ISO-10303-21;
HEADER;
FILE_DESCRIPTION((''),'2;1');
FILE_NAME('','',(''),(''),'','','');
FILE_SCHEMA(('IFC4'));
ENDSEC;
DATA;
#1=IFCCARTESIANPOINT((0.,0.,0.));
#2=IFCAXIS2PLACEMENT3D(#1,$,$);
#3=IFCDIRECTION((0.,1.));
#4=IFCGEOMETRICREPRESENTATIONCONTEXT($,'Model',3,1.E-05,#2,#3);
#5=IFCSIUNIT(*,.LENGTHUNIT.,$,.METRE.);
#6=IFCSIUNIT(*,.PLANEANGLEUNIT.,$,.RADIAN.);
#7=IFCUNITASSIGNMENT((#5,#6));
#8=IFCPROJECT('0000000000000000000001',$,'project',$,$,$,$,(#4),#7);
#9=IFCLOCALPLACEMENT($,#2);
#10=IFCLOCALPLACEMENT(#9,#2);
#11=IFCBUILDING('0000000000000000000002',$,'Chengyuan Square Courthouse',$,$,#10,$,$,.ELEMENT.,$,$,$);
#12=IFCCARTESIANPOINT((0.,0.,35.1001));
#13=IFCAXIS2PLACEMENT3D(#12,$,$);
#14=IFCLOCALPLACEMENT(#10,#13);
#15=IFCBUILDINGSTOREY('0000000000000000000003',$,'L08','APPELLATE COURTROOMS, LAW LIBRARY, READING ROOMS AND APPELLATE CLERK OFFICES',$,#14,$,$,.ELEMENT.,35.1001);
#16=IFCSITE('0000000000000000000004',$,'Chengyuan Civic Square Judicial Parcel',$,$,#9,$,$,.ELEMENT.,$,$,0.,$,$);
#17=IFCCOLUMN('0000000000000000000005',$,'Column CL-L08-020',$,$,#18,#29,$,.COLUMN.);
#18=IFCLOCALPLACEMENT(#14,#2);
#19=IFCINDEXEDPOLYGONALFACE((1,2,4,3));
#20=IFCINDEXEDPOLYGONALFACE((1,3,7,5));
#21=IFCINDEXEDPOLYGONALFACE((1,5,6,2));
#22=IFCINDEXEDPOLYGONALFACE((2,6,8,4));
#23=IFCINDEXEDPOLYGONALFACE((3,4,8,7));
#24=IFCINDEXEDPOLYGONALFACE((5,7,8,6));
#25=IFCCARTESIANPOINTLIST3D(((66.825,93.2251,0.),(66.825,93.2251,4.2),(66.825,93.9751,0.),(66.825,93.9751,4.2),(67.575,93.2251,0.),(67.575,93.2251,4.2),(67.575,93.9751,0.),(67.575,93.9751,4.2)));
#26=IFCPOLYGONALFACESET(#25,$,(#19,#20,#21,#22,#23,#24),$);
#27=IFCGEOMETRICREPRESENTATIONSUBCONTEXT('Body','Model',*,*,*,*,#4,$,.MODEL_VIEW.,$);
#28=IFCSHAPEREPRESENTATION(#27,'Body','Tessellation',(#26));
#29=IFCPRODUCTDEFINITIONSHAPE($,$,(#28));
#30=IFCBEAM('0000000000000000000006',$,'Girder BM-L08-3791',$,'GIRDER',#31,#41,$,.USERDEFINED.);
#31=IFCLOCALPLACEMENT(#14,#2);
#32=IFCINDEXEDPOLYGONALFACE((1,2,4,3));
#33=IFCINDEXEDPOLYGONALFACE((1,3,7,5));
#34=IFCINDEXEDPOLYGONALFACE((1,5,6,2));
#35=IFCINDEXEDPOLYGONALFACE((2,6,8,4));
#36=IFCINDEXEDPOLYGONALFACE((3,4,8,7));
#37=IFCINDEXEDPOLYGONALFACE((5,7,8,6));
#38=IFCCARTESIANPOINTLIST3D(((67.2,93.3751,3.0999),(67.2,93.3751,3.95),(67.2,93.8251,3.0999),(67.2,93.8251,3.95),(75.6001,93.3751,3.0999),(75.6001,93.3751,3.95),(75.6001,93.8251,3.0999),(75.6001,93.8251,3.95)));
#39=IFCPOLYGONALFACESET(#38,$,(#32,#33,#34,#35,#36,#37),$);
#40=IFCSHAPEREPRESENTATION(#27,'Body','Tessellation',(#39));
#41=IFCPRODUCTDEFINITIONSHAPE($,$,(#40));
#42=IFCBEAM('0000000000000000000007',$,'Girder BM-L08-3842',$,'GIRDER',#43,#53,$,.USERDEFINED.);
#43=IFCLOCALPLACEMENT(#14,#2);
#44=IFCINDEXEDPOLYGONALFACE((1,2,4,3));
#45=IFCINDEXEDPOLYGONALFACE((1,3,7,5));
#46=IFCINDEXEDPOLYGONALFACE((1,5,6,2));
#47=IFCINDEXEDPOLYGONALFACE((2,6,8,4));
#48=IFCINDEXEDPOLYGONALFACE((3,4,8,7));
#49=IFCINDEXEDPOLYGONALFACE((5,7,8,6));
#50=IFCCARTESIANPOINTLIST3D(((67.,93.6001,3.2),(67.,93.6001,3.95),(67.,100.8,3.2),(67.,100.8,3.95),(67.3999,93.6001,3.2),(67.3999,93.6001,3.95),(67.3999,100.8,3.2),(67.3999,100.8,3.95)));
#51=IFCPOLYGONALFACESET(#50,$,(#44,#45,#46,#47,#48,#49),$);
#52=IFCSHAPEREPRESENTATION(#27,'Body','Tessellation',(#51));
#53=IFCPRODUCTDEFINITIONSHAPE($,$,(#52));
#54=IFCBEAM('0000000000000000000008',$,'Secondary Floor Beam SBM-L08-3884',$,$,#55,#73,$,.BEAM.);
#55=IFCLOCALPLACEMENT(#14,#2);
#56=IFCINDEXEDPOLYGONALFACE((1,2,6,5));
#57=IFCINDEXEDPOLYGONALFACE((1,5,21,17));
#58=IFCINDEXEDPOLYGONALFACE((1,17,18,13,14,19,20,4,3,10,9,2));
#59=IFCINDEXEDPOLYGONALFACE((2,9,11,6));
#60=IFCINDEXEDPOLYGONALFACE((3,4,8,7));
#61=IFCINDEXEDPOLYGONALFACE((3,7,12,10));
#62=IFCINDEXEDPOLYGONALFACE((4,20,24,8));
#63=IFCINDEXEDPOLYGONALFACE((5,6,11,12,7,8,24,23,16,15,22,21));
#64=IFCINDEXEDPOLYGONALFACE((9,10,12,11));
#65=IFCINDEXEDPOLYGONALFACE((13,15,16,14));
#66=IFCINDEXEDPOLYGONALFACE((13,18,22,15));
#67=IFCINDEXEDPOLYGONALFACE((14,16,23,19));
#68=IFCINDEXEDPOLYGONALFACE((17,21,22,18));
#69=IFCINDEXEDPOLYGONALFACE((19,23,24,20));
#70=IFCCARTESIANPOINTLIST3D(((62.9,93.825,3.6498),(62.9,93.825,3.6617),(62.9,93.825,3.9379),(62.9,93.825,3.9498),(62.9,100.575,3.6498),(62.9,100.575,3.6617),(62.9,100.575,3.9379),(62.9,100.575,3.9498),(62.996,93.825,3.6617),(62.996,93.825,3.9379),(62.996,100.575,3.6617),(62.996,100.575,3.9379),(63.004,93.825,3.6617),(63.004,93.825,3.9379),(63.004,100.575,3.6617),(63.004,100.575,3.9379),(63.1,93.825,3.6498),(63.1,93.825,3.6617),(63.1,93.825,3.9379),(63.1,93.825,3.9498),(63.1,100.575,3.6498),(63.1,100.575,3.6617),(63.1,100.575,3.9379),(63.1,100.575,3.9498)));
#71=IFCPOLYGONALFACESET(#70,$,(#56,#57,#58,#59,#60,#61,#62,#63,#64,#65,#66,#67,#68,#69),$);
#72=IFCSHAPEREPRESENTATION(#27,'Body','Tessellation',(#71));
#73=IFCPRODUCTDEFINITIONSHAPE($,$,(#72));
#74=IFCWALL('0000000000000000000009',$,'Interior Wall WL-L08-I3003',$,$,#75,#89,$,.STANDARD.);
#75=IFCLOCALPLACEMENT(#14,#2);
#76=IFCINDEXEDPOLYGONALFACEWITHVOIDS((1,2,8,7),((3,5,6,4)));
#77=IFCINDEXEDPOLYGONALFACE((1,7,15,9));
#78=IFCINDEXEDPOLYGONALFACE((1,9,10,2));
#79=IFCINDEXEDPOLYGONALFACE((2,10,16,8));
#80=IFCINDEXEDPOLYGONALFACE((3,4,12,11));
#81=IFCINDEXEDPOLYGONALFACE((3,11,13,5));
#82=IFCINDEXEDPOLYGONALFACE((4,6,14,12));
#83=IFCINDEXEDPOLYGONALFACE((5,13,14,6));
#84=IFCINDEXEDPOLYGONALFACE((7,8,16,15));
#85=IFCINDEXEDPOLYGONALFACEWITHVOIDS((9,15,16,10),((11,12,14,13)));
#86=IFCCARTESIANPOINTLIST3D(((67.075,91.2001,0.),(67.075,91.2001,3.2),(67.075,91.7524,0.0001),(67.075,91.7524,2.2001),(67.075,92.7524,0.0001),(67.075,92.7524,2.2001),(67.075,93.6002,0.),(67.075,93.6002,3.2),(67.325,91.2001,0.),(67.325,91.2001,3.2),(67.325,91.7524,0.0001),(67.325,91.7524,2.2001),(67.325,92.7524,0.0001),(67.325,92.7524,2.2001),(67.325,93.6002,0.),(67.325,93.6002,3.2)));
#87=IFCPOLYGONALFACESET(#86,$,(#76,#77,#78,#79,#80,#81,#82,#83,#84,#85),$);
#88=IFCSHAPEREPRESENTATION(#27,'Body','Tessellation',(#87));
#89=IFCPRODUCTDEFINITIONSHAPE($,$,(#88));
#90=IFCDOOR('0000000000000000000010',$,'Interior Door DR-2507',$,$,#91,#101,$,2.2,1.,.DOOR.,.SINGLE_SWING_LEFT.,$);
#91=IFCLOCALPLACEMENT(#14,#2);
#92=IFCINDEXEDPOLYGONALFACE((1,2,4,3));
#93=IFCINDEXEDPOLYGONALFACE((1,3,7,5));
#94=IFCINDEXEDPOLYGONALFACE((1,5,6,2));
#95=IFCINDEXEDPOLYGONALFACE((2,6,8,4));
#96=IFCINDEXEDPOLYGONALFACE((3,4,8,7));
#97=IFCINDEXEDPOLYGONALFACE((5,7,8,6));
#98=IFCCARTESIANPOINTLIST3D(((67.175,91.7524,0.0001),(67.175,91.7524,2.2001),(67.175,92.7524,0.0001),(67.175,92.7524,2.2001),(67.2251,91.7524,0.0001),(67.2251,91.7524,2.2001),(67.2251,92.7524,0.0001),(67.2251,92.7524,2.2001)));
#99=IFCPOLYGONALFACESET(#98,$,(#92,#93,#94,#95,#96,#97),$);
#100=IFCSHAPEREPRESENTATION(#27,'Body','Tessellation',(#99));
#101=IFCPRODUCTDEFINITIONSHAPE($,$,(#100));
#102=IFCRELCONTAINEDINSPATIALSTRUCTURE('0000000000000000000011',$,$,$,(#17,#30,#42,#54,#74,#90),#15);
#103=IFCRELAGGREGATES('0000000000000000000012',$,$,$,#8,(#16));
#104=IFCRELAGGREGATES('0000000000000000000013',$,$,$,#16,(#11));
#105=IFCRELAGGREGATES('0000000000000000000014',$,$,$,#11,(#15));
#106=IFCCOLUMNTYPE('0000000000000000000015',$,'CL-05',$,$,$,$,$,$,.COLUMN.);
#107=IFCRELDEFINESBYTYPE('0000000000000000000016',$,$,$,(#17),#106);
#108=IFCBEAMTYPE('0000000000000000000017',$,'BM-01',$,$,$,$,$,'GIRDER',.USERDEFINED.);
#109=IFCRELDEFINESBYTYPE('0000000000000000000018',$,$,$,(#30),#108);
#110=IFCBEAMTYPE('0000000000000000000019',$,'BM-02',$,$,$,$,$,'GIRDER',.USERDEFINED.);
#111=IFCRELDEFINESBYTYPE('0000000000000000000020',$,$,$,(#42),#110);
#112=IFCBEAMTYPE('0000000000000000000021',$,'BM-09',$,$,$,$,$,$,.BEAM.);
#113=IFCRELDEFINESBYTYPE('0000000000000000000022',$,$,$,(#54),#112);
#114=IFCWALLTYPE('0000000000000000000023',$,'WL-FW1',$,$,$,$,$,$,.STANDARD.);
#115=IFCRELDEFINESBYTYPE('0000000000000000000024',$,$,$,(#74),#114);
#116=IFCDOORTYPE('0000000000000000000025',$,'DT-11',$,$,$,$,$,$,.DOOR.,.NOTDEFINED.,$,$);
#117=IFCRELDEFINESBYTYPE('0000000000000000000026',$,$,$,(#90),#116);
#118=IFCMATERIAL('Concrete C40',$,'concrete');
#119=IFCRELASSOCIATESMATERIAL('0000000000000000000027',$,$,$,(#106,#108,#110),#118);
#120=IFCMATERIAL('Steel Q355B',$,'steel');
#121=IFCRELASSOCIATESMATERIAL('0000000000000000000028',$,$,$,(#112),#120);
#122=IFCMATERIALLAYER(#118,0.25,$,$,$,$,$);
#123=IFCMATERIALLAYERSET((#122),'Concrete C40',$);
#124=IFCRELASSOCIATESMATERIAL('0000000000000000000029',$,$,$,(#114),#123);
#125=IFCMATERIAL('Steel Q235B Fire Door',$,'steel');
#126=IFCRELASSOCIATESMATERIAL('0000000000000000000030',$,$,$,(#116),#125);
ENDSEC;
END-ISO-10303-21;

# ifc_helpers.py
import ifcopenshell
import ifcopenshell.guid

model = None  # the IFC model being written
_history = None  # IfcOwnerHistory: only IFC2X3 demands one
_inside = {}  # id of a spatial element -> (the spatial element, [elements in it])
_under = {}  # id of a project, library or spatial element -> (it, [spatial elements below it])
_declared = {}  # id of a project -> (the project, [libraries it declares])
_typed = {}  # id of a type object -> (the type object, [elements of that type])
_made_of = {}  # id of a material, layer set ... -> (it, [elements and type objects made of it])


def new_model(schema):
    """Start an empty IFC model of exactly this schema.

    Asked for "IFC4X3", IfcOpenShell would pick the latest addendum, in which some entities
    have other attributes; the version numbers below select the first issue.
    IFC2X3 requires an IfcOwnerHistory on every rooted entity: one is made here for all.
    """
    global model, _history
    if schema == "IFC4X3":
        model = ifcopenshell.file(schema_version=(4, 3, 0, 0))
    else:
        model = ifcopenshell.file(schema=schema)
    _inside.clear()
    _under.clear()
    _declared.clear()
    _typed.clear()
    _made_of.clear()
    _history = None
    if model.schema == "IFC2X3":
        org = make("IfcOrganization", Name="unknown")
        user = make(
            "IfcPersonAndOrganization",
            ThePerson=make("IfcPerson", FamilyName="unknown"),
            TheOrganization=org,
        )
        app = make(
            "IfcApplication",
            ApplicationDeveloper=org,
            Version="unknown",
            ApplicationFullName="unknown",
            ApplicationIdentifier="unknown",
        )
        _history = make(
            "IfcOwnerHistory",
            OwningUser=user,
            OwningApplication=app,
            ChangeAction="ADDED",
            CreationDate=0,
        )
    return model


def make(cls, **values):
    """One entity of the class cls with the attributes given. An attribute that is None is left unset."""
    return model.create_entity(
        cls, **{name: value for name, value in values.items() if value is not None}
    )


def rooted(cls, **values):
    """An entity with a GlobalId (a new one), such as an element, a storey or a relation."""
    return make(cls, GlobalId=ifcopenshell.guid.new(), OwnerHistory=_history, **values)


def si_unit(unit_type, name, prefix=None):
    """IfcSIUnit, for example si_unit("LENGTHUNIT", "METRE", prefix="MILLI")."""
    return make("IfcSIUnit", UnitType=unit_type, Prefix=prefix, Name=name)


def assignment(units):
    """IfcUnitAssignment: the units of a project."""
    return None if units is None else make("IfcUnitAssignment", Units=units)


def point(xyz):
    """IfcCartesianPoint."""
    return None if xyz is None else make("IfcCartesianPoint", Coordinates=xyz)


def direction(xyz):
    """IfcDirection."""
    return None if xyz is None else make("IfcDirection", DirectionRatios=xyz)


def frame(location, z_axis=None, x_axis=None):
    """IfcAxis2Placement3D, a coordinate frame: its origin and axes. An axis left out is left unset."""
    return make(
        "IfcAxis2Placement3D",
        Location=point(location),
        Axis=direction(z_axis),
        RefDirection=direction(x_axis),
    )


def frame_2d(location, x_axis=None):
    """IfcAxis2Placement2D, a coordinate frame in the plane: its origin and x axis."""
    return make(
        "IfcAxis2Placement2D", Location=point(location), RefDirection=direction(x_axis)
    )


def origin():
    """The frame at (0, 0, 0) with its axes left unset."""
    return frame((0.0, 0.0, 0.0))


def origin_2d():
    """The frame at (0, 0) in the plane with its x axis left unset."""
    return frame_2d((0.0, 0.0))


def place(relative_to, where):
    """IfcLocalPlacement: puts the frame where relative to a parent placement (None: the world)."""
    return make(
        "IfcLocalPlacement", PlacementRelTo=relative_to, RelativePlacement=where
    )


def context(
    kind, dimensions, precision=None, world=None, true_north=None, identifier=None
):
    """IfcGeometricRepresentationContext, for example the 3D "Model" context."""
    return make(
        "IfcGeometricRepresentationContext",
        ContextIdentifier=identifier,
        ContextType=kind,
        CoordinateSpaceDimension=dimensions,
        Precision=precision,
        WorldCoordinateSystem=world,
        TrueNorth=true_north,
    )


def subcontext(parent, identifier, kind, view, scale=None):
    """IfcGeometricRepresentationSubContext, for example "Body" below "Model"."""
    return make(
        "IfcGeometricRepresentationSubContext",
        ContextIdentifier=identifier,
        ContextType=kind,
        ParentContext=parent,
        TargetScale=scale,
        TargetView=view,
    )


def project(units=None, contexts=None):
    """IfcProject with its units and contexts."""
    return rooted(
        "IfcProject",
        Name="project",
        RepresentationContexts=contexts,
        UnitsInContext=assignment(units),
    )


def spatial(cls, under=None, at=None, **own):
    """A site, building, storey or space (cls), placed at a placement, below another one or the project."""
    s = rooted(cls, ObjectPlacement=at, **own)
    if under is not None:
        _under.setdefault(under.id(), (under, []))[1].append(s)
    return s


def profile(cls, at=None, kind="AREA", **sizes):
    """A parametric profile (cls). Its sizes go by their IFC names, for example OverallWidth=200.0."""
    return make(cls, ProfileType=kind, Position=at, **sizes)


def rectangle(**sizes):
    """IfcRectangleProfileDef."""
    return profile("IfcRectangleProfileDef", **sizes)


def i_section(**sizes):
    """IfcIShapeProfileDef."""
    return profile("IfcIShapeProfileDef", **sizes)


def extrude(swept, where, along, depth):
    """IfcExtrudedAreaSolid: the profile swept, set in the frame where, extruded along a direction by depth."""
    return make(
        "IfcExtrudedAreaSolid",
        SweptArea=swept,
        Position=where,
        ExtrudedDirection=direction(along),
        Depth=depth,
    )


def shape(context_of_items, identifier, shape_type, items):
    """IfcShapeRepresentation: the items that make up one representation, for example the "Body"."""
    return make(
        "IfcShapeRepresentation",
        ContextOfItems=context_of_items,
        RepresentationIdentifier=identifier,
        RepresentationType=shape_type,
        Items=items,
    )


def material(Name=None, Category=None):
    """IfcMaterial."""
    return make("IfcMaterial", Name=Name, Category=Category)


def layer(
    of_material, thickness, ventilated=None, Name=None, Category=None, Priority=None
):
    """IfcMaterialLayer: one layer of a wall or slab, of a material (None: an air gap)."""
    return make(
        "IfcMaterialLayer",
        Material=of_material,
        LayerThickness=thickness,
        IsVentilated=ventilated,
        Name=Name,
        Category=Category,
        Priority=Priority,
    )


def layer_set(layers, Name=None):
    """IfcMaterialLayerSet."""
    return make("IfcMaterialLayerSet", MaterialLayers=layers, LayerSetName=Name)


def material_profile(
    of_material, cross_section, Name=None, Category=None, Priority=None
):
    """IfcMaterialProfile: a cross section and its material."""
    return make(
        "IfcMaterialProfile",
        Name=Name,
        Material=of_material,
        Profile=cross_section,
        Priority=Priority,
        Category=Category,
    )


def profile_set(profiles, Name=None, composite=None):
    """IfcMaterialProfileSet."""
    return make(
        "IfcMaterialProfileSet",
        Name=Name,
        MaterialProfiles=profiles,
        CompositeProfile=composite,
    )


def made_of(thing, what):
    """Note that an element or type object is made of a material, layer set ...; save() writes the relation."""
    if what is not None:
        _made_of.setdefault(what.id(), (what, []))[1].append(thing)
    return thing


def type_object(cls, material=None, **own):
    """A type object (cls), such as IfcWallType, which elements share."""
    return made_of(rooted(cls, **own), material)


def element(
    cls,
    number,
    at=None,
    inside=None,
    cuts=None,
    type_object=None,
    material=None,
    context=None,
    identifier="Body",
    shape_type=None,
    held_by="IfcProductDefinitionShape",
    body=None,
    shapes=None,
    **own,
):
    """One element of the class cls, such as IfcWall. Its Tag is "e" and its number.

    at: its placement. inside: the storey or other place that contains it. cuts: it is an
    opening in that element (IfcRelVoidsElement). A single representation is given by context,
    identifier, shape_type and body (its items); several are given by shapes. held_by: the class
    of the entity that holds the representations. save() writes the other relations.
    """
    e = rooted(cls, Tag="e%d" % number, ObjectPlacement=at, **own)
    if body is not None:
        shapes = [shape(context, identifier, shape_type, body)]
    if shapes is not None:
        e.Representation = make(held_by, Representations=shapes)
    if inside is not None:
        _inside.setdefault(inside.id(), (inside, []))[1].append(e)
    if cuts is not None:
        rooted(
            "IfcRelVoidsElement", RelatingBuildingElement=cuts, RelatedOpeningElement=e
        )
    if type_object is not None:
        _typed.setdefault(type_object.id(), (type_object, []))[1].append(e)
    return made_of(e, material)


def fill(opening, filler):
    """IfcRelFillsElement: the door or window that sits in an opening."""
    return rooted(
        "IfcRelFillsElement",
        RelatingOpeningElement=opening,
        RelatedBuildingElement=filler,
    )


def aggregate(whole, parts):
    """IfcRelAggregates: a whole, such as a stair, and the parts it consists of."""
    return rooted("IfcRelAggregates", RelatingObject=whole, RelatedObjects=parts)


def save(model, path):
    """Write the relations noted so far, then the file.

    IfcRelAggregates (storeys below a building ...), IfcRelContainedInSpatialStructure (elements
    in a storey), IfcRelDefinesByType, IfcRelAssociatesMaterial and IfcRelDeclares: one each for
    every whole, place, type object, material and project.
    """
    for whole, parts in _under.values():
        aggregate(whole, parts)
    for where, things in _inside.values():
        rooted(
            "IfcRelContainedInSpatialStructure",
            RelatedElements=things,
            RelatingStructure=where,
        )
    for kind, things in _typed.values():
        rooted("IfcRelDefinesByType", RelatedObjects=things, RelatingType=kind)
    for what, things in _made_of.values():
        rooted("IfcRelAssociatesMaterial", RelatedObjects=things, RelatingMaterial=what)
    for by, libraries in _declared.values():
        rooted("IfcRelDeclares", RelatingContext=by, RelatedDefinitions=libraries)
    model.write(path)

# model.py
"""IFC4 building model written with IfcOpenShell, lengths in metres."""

from ifc_helpers import new_model, si_unit, direction, frame, frame_2d, origin, origin_2d, place, context, subcontext, project, spatial, rectangle, i_section, extrude, material, layer, layer_set, material_profile, profile_set, type_object, element, fill, save


model = new_model("IFC4")

# Units and contexts
model_context = context("Model", 3, precision=1e-05, world=origin(), true_north=direction((0.0, 1.0)))
body_context = subcontext(model_context, "Body", "Model", "MODEL_VIEW")
ifc_project = project(units=[si_unit("LENGTHUNIT", "METRE"), si_unit("PLANEANGLEUNIT", "RADIAN")], contexts=[model_context])

# Site, building, storey
site_placement = place(None, origin())
site = spatial("IfcSite", under=ifc_project, at=site_placement, Name="Chengyuan Civic Square Judicial Parcel", CompositionType="ELEMENT", RefElevation=0.0)
building_placement = place(site_placement, origin())
building = spatial("IfcBuilding", under=site, at=building_placement, Name="Chengyuan Square Courthouse", CompositionType="ELEMENT")
storey_placement = place(building_placement, frame((0.0, 0.0, 35.1001)))
storey = spatial("IfcBuildingStorey", under=building, at=storey_placement, Name="L08", Description="APPELLATE COURTROOMS, LAW LIBRARY, READING ROOMS AND APPELLATE CLERK OFFICES", CompositionType="ELEMENT", Elevation=35.1001)

# Column
ifc_material_1 = material(Name="Concrete C40", Category="concrete")
ifc_material_profile_1 = material_profile(ifc_material_1, rectangle(XDim=0.75, YDim=0.75, at=origin_2d()), Name="RC-COL-750x750")
ifc_profile_set_1 = profile_set([ifc_material_profile_1], Name="Concrete C40")
column_type = type_object("IfcColumnType", Name="CL-05", PredefinedType="COLUMN", material=ifc_profile_set_1)
column_placement = place(storey_placement, frame((67.2, 93.6001, 0.0), z_axis=(0.0, 0.0, 1.0), x_axis=(1.0, 0.0, 0.0)))
element("IfcColumn", 1, at=column_placement, inside=storey, type_object=column_type, Name="Column CL-L08-020", PredefinedType="COLUMN", context=body_context, shape_type="SweptSolid", body=[
    extrude(rectangle(XDim=0.75, YDim=0.75, at=origin_2d()), origin(), (0.0, 0.0, 1.0), 4.2),
])

# Beams
ifc_material_profile_2 = material_profile(ifc_material_1, rectangle(XDim=0.45, YDim=0.8501, at=origin_2d()), Name="RC-BM-450x850")
ifc_profile_set_2 = profile_set([ifc_material_profile_2], Name="Concrete C40")
beam_type_1 = type_object("IfcBeamType", Name="BM-01", ElementType="GIRDER", PredefinedType="USERDEFINED", material=ifc_profile_set_2)
beam_1_placement = place(storey_placement, frame((67.2, 93.6001, 3.5249), z_axis=(1.0, 0.0, 0.0), x_axis=(0.0, 1.0, 0.0)))
element("IfcBeam", 2, at=beam_1_placement, inside=storey, type_object=beam_type_1, Name="Girder BM-L08-3791", ObjectType="GIRDER", PredefinedType="USERDEFINED", context=body_context, shape_type="SweptSolid", body=[
    extrude(rectangle(XDim=0.45, YDim=0.8501, at=origin_2d()), origin(), (0.0, 0.0, 1.0), 8.4001),
])
ifc_material_profile_3 = material_profile(ifc_material_1, rectangle(XDim=0.3999, YDim=0.75, at=origin_2d()), Name="RC-BM-400x750")
ifc_profile_set_3 = profile_set([ifc_material_profile_3], Name="Concrete C40")
beam_type_2 = type_object("IfcBeamType", Name="BM-02", ElementType="GIRDER", PredefinedType="USERDEFINED", material=ifc_profile_set_3)
beam_2_placement = place(storey_placement, frame((67.2, 93.6001, 3.575), z_axis=(0.0, 1.0, 0.0), x_axis=(-1.0, 0.0, 0.0)))
element("IfcBeam", 3, at=beam_2_placement, inside=storey, type_object=beam_type_2, Name="Girder BM-L08-3842", ObjectType="GIRDER", PredefinedType="USERDEFINED", context=body_context, shape_type="SweptSolid", body=[
    extrude(rectangle(XDim=0.3999, YDim=0.75, at=origin_2d()), origin(), (0.0, 0.0, 1.0), 7.2),
])
ifc_material_2 = material(Name="Steel Q355B", Category="steel")
ifc_material_profile_4 = material_profile(ifc_material_2, i_section(OverallWidth=0.2, OverallDepth=0.3, WebThickness=0.0081, FlangeThickness=0.012, at=origin_2d()), Name="HM 300x200x8x12")
ifc_profile_set_4 = profile_set([ifc_material_profile_4], Name="Steel Q355B")
beam_type_3 = type_object("IfcBeamType", Name="BM-09", PredefinedType="BEAM", material=ifc_profile_set_4)
beam_3_placement = place(storey_placement, frame((63.0, 93.825, 3.7998), z_axis=(0.0, 1.0, 0.0), x_axis=(-1.0, 0.0, 0.0)))
element("IfcBeam", 4, at=beam_3_placement, inside=storey, type_object=beam_type_3, Name="Secondary Floor Beam SBM-L08-3884", PredefinedType="BEAM", context=body_context, shape_type="SweptSolid", body=[
    extrude(i_section(OverallWidth=0.2, OverallDepth=0.3, WebThickness=0.0081, FlangeThickness=0.012, at=origin_2d()), origin(), (0.0, 0.0, 1.0), 6.75),
])

# Wall, opening, door
ifc_layer_1 = layer(ifc_material_1, 0.25)
ifc_layer_set_1 = layer_set([ifc_layer_1], Name="Concrete C40")
wall_type_1 = type_object("IfcWallType", Name="WL-FW1", PredefinedType="STANDARD", material=ifc_layer_set_1)
wall_1_placement = place(storey_placement, frame((67.2, 91.2, 0.0), z_axis=(0.0, 0.0, 1.0), x_axis=(0.0, 1.0, 0.0)))
wall_1 = element("IfcWall", 5, at=wall_1_placement, inside=storey, type_object=wall_type_1, Name="Interior Wall WL-L08-I3003", PredefinedType="STANDARD", context=body_context, shape_type="SweptSolid", body=[
    extrude(rectangle(XDim=2.4001, YDim=0.25, at=frame_2d((1.2002, 0.0))), origin(), (0.0, 0.0, 1.0), 3.2),
])
opening_1_placement = place(wall_1_placement, frame((0.5525, 0.0, 0.0)))
opening_1 = element("IfcOpeningElement", 6, at=opening_1_placement, cuts=wall_1, PredefinedType="OPENING", context=body_context, shape_type="SweptSolid", body=[
    extrude(rectangle(XDim=1.0, YDim=2.2, at=frame_2d((0.5, 1.1001))), frame((0.0, 0.137, 0.0), z_axis=(0.0, -1.0, 0.0), x_axis=(1.0, 0.0, 0.0)), (0.0, 0.0, 1.0), 0.2739),
])
ifc_material_3 = material(Name="Steel Q235B Fire Door", Category="steel")
door_type_1 = type_object("IfcDoorType", Name="DT-11", OperationType="NOTDEFINED", PredefinedType="DOOR", material=ifc_material_3)
door_1_placement = place(opening_1_placement, origin())
door_1 = element("IfcDoor", 7, at=door_1_placement, inside=storey, type_object=door_type_1, Name="Interior Door DR-2507", OperationType="SINGLE_SWING_LEFT", OverallHeight=2.2, OverallWidth=1.0, PredefinedType="DOOR", context=body_context, shape_type="SweptSolid", body=[
    extrude(rectangle(XDim=1.0, YDim=2.2, at=frame_2d((0.5, 1.1001))), frame((0.0, 0.0249, 0.0), z_axis=(0.0, -1.0, 0.0), x_axis=(1.0, 0.0, 0.0)), (0.0, 0.0, 1.0), 0.05),
])
fill(opening_1, door_1)

save(model, "model.ifc")
